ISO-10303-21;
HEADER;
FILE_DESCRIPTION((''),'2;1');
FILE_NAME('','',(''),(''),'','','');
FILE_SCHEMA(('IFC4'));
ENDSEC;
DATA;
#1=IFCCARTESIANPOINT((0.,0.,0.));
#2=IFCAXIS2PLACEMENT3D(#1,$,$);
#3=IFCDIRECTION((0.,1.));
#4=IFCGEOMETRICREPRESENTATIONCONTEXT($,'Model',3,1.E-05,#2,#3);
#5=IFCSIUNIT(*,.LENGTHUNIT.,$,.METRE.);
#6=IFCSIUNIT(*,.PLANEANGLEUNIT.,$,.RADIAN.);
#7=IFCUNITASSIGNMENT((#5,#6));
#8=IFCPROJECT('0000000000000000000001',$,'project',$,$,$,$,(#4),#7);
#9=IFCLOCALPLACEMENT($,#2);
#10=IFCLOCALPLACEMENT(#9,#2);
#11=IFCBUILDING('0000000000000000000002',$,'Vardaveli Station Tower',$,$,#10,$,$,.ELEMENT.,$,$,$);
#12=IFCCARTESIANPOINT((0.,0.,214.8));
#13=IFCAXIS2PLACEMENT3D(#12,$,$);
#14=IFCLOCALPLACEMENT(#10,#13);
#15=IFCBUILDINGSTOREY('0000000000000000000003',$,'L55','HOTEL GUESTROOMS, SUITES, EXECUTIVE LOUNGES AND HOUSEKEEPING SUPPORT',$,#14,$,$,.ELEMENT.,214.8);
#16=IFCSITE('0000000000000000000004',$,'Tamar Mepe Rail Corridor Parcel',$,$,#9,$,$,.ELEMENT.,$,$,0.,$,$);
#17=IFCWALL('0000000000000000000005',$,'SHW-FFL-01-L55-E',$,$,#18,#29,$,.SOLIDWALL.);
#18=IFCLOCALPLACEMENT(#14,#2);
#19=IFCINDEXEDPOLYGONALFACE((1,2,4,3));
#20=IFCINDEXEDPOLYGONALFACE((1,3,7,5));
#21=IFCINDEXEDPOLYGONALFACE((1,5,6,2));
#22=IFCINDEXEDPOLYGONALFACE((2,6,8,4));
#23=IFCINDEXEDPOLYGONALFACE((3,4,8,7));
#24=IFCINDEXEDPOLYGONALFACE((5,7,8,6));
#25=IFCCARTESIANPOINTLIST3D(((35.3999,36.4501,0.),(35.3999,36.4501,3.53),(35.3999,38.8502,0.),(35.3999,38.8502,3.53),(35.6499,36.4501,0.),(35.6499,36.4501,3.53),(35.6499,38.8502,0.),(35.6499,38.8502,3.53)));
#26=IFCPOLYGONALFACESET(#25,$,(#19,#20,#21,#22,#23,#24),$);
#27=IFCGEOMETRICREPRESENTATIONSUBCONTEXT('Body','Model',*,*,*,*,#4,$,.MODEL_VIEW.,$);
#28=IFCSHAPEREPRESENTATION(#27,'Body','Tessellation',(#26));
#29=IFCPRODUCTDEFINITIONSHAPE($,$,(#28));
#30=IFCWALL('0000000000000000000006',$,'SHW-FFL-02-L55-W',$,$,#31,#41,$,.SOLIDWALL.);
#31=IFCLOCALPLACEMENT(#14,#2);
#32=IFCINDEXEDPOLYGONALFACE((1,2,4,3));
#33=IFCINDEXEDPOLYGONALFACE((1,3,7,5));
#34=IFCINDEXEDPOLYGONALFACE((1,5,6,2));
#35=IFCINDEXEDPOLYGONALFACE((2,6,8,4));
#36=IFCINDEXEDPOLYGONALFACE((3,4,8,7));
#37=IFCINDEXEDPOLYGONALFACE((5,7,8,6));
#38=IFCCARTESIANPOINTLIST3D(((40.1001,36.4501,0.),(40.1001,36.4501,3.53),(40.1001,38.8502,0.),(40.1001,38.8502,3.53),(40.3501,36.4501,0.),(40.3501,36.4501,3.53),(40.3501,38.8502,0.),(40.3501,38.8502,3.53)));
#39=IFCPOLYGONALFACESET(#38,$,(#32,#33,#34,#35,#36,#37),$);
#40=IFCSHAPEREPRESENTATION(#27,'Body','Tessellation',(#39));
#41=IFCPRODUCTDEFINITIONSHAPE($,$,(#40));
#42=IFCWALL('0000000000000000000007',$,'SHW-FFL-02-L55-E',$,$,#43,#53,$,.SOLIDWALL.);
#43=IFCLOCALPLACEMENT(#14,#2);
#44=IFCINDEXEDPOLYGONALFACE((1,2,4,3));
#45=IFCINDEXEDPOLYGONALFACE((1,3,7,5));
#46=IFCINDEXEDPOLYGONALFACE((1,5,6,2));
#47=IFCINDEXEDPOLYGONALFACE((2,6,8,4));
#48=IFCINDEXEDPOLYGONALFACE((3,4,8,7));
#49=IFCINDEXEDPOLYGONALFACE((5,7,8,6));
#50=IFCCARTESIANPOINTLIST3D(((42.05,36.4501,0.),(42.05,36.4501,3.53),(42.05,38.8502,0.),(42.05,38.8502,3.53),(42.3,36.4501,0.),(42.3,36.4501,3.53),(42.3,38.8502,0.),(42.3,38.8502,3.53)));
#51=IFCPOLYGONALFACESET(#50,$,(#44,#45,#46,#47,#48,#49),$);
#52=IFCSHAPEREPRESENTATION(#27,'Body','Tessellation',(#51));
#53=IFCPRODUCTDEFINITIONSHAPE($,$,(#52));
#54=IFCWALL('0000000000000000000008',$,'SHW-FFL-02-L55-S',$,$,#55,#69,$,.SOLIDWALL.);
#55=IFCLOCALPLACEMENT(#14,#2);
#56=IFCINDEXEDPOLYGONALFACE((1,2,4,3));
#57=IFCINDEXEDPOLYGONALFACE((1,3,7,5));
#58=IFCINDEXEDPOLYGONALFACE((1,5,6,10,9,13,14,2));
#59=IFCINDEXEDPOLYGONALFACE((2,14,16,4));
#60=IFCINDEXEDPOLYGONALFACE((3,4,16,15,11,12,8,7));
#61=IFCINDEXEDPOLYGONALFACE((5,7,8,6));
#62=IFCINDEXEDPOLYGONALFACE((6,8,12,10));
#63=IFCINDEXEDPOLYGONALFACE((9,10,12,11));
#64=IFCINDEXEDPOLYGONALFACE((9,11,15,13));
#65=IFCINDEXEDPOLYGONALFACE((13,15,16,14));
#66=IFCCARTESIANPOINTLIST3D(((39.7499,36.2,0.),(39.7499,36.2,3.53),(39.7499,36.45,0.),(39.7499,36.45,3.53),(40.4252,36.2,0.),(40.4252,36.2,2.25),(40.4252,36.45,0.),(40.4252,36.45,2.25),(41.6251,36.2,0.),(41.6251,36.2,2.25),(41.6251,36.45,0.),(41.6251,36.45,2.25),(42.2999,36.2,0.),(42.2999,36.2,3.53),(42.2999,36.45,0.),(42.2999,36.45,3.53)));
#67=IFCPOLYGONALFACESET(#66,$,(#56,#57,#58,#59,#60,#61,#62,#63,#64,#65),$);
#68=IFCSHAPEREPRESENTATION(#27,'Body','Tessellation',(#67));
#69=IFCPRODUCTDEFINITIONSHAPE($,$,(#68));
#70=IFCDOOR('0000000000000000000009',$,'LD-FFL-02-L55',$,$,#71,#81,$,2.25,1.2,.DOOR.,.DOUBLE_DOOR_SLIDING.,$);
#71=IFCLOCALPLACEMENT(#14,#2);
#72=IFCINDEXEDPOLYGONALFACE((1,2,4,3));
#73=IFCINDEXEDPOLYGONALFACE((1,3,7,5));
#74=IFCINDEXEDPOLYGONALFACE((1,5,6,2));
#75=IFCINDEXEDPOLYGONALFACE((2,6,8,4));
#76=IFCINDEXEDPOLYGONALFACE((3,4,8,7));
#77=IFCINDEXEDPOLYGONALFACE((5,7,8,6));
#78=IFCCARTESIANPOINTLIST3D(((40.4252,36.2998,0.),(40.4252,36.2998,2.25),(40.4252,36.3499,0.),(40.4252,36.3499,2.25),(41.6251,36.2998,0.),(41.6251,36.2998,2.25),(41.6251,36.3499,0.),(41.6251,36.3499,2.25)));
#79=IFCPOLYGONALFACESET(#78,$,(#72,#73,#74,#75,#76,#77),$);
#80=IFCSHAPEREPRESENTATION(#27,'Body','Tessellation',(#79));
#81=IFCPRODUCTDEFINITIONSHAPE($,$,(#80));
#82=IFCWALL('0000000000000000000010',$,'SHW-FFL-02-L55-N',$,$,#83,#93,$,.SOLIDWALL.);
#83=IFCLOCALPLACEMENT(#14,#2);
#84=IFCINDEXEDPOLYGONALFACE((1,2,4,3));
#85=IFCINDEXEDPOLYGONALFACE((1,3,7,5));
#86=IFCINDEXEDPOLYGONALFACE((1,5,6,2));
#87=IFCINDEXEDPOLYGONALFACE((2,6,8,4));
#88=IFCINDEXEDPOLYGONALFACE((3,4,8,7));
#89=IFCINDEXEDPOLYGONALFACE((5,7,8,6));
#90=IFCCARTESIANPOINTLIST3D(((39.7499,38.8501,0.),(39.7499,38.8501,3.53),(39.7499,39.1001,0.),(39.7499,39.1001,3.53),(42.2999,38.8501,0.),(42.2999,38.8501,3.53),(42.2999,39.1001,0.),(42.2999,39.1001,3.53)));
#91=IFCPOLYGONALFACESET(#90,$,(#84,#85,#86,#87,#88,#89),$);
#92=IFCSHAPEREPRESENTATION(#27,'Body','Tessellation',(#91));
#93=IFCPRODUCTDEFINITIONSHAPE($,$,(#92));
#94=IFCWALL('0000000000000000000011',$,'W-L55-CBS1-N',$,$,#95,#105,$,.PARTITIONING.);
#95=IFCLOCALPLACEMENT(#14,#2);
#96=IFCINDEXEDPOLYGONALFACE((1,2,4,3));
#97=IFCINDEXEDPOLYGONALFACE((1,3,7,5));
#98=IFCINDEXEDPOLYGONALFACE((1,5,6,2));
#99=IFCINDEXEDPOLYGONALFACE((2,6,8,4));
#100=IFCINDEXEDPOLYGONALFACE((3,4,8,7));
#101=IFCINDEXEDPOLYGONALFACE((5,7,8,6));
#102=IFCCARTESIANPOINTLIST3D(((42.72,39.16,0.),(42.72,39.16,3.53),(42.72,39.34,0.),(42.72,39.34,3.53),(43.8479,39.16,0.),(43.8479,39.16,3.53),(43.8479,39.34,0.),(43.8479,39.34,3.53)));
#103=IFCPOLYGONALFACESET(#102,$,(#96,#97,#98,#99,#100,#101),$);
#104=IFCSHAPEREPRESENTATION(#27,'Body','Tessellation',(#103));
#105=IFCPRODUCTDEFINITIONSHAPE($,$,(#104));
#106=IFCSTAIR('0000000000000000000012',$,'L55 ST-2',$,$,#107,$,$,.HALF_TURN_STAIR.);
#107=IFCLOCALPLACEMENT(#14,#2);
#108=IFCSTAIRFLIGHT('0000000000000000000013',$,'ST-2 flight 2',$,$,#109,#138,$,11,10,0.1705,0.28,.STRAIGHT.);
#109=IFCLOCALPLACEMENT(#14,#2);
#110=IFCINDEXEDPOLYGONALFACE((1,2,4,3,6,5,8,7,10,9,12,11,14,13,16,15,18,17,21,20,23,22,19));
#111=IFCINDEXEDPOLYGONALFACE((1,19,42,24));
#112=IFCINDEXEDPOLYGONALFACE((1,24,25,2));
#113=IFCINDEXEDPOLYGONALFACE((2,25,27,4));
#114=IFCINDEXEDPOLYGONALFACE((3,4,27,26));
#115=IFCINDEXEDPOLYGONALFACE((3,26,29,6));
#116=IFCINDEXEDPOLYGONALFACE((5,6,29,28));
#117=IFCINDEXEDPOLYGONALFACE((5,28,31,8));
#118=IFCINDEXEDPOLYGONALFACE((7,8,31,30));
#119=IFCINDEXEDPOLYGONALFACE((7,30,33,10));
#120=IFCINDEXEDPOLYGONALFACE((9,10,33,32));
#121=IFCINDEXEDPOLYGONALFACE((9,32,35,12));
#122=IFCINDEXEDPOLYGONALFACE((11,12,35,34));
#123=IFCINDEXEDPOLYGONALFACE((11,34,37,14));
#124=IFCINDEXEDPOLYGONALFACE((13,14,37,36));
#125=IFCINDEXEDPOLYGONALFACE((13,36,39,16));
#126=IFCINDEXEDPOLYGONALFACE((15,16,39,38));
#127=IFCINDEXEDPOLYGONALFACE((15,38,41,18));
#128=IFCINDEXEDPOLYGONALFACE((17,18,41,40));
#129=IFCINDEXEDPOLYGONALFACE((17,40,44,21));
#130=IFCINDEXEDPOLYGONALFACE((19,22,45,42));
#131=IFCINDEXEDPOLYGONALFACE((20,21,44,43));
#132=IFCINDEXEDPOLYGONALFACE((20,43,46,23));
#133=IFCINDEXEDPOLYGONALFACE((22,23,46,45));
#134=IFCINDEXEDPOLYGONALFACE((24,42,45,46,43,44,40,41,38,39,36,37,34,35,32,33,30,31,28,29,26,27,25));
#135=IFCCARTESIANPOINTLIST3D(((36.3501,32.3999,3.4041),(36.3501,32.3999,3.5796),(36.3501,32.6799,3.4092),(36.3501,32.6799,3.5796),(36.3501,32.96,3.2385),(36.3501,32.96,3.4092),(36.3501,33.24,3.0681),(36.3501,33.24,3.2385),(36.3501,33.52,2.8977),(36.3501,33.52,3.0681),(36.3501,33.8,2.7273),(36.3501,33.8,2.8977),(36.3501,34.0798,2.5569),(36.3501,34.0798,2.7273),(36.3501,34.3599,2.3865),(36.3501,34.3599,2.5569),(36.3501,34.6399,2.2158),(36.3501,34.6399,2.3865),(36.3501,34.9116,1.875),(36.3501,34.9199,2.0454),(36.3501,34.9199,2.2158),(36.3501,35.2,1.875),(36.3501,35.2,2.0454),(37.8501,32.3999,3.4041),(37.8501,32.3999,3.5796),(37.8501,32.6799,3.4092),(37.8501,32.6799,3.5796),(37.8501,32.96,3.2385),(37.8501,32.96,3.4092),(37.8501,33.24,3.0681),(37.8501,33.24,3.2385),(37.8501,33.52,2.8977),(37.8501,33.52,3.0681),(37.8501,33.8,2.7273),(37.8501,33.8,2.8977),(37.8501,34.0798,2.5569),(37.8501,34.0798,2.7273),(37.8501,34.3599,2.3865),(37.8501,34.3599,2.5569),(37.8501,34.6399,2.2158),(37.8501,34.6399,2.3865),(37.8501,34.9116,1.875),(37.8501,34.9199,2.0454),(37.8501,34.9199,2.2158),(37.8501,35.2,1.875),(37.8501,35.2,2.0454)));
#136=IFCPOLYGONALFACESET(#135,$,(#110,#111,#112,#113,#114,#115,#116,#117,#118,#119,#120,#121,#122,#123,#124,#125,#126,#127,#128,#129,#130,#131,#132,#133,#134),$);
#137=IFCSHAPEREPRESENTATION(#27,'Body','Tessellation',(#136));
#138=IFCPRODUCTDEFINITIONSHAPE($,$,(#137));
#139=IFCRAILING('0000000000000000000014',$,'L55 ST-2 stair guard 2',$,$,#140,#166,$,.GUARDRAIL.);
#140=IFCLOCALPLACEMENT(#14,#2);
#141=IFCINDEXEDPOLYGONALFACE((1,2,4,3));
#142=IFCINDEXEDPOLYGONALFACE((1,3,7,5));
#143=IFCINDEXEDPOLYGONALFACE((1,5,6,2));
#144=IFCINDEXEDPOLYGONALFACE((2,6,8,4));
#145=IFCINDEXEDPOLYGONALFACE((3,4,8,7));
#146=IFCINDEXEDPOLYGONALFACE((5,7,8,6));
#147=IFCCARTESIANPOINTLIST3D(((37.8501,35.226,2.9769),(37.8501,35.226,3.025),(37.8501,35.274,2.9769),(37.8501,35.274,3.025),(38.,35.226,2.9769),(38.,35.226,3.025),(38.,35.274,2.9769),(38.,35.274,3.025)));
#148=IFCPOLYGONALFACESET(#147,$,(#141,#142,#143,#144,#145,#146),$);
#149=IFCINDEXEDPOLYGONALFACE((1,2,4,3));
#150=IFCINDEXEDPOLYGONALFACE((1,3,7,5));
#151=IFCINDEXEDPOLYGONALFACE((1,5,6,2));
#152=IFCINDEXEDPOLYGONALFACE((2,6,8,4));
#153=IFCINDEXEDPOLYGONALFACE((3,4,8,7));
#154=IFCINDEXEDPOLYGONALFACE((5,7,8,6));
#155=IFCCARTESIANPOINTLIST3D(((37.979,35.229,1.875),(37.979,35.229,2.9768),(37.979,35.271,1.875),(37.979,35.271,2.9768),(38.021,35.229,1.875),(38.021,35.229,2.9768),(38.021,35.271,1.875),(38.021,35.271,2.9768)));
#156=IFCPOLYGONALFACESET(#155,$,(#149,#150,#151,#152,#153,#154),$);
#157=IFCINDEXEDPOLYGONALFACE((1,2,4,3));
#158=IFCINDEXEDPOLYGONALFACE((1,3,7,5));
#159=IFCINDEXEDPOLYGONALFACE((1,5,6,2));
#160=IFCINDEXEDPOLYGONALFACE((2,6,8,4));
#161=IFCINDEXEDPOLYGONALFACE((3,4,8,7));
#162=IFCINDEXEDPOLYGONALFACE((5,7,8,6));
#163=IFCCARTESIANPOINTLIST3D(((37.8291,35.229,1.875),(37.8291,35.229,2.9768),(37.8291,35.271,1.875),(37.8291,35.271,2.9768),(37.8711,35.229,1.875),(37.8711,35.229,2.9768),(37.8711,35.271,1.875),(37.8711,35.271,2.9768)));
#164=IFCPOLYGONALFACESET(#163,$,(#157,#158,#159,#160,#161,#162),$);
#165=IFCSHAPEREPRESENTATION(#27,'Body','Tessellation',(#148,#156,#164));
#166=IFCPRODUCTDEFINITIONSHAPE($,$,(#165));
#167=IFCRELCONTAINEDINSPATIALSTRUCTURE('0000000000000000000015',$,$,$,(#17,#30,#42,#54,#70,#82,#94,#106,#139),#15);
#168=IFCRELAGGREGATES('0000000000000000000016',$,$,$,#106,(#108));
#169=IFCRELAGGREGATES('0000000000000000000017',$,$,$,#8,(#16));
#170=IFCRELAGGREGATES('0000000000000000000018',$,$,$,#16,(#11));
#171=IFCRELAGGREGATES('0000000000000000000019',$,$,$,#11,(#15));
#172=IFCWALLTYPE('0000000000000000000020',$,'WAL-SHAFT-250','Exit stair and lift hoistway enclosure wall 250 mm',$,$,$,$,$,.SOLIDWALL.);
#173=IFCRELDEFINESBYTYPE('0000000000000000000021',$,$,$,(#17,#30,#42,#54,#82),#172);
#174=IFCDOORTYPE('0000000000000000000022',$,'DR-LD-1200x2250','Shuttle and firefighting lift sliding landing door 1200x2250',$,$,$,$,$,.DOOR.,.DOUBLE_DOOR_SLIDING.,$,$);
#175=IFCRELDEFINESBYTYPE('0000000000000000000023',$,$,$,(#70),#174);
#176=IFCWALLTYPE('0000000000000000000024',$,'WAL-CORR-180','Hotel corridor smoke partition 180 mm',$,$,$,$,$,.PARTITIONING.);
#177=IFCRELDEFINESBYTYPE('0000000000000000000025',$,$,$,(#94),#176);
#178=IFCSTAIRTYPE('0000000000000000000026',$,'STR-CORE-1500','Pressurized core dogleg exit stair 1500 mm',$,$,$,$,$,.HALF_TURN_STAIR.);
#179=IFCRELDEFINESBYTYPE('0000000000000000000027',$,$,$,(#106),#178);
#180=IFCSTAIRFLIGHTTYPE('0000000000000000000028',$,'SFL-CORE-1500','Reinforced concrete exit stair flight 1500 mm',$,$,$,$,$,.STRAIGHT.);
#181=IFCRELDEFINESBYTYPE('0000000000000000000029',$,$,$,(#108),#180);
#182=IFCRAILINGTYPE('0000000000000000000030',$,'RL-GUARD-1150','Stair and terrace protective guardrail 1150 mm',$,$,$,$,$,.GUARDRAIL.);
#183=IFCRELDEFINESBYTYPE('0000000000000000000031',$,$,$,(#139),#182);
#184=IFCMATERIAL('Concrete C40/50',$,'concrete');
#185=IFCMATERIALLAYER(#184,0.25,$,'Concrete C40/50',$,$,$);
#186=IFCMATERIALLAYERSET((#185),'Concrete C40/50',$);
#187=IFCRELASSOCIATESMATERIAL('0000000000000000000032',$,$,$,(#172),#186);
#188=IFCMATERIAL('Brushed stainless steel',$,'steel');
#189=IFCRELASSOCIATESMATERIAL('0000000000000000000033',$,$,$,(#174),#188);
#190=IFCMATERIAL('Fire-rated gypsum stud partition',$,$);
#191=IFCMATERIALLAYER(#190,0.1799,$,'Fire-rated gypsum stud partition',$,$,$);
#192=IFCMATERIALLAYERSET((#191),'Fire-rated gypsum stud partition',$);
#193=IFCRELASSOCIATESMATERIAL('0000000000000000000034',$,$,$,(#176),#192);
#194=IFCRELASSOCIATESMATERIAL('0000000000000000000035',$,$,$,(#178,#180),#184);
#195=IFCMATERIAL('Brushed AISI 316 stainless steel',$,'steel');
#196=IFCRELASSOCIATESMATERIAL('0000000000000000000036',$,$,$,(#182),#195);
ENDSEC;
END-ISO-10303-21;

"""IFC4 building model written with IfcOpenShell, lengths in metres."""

from ifc_helpers import new_model, si_unit, direction, frame, frame_2d, origin, origin_2d, place, context, subcontext, project, spatial, polyline, rectangle, outline, extrude, source, transform, mapped, material, layer, layer_set, type_object, element, fill, aggregate, save


model = new_model("IFC4")

# Units and contexts
model_context = context("Model", 3, precision=1e-05, world=origin(), true_north=direction((0.0, 1.0)))
body_context = subcontext(model_context, "Body", "Model", "MODEL_VIEW")
ifc_project = project(units=[si_unit("LENGTHUNIT", "METRE"), si_unit("PLANEANGLEUNIT", "RADIAN")], contexts=[model_context])

# Site, building, storey
site_placement = place(None, origin())
site = spatial("IfcSite", under=ifc_project, at=site_placement, Name="Tamar Mepe Rail Corridor Parcel", CompositionType="ELEMENT", RefElevation=0.0)
building_placement = place(site_placement, origin())
building = spatial("IfcBuilding", under=site, at=building_placement, Name="Vardaveli Station Tower", CompositionType="ELEMENT")
storey_placement = place(building_placement, frame((0.0, 0.0, 214.8)))
storey = spatial("IfcBuildingStorey", under=building, at=storey_placement, Name="L55", Description="HOTEL GUESTROOMS, SUITES, EXECUTIVE LOUNGES AND HOUSEKEEPING SUPPORT", CompositionType="ELEMENT", Elevation=214.8)

# Walls
ifc_material_1 = material(Name="Concrete C40/50", Category="concrete")
ifc_layer_1 = layer(ifc_material_1, 0.25, Name="Concrete C40/50")
ifc_layer_set_1 = layer_set([ifc_layer_1], Name="Concrete C40/50")
wall_type_1 = type_object("IfcWallType", Name="WAL-SHAFT-250", Description="Exit stair and lift hoistway enclosure wall 250 mm", PredefinedType="SOLIDWALL", material=ifc_layer_set_1)
shared_shape_1 = source(origin(), body_context, "Body", "SweptSolid", [
    extrude(rectangle(XDim=2.4001, YDim=0.25, at=frame_2d((1.2002, 0.0))), origin(), (0.0, 0.0, 1.0), 3.53),
])
for number, where, z_axis, x_axis, name in (
    (1, (35.5249, 36.45, 0.0), (0.0, 0.0, 1.0), (0.0, 1.0, 0.0), "SHW-FFL-01-L55-E"),
    (2, (40.2251, 36.45, 0.0), (0.0, 0.0, 1.0), (0.0, 1.0, 0.0), "SHW-FFL-02-L55-W"),
    (3, (42.175, 36.45, 0.0), (0.0, 0.0, 1.0), (0.0, 1.0, 0.0), "SHW-FFL-02-L55-E"),
):
    element("IfcWall", number, at=place(storey_placement, frame(where, z_axis=z_axis, x_axis=x_axis)), inside=storey, type_object=wall_type_1, Name=name, PredefinedType="SOLIDWALL", context=body_context, shape_type="MappedRepresentation", body=[
        mapped(shared_shape_1, transform((0.0, 0.0, 0.0), scale=1.0)),
    ])

# Wall, opening, door
shared_shape_2 = source(origin(), body_context, "Body", "SweptSolid", [
    extrude(rectangle(XDim=2.55, YDim=0.25, at=frame_2d((1.2749, 0.0))), origin(), (0.0, 0.0, 1.0), 3.53),
])
wall_1_placement = place(storey_placement, frame((39.75, 36.325, 0.0), z_axis=(0.0, 0.0, 1.0), x_axis=(1.0, 0.0, 0.0)))
wall_1 = element("IfcWall", 4, at=wall_1_placement, inside=storey, type_object=wall_type_1, Name="SHW-FFL-02-L55-S", PredefinedType="SOLIDWALL", context=body_context, shape_type="MappedRepresentation", body=[
    mapped(shared_shape_2, transform((0.0, 0.0, 0.0), scale=1.0)),
])
shared_shape_3 = source(origin(), body_context, "Body", "SweptSolid", [
    extrude(rectangle(XDim=1.2, YDim=2.25, at=frame_2d((0.6001, 1.125))), frame((0.0, 0.135, 0.0), z_axis=(0.0, -1.0, 0.0), x_axis=(1.0, 0.0, 0.0)), (0.0, 0.0, 1.0), 0.27),
])
opening_placement = place(wall_1_placement, frame((0.675, 0.0, 0.0)))
opening = element("IfcOpeningElement", 5, at=opening_placement, cuts=wall_1, PredefinedType="OPENING", context=body_context, shape_type="MappedRepresentation", body=[
    mapped(shared_shape_3, transform((0.0, 0.0, 0.0), scale=1.0)),
])
ifc_material_2 = material(Name="Brushed stainless steel", Category="steel")
door_type = type_object("IfcDoorType", Name="DR-LD-1200x2250", Description="Shuttle and firefighting lift sliding landing door 1200x2250", OperationType="DOUBLE_DOOR_SLIDING", PredefinedType="DOOR", material=ifc_material_2)
shared_shape_4 = source(origin(), body_context, "Body", "SweptSolid", [
    extrude(rectangle(XDim=1.2, YDim=2.25, at=frame_2d((0.6001, 1.125))), frame((0.0, 0.0249, 0.0), z_axis=(0.0, -1.0, 0.0), x_axis=(1.0, 0.0, 0.0)), (0.0, 0.0, 1.0), 0.05),
])
door_placement = place(opening_placement, origin())
door = element("IfcDoor", 6, at=door_placement, inside=storey, type_object=door_type, Name="LD-FFL-02-L55", OperationType="DOUBLE_DOOR_SLIDING", OverallHeight=2.25, OverallWidth=1.2, PredefinedType="DOOR", context=body_context, shape_type="MappedRepresentation", body=[
    mapped(shared_shape_4, transform((0.0, 0.0, 0.0), scale=1.0)),
])
fill(opening, door)

# Walls
wall_2_placement = place(storey_placement, frame((39.75, 38.9751, 0.0), z_axis=(0.0, 0.0, 1.0), x_axis=(1.0, 0.0, 0.0)))
element("IfcWall", 7, at=wall_2_placement, inside=storey, type_object=wall_type_1, Name="SHW-FFL-02-L55-N", PredefinedType="SOLIDWALL", context=body_context, shape_type="MappedRepresentation", body=[
    mapped(shared_shape_2, transform((0.0, 0.0, 0.0), scale=1.0)),
])
ifc_material_3 = material(Name="Fire-rated gypsum stud partition")
ifc_layer_2 = layer(ifc_material_3, 0.1799, Name="Fire-rated gypsum stud partition")
ifc_layer_set_2 = layer_set([ifc_layer_2], Name="Fire-rated gypsum stud partition")
wall_type_2 = type_object("IfcWallType", Name="WAL-CORR-180", Description="Hotel corridor smoke partition 180 mm", PredefinedType="PARTITIONING", material=ifc_layer_set_2)
shared_shape_5 = source(origin(), body_context, "Body", "SweptSolid", [
    extrude(rectangle(XDim=1.1279, YDim=0.1799, at=frame_2d((0.564, 0.0))), origin(), (0.0, 0.0, 1.0), 3.53),
])
wall_3_placement = place(storey_placement, frame((42.72, 39.25, 0.0), z_axis=(0.0, 0.0, 1.0), x_axis=(1.0, 0.0, 0.0)))
element("IfcWall", 8, at=wall_3_placement, inside=storey, type_object=wall_type_2, Name="W-L55-CBS1-N", PredefinedType="PARTITIONING", context=body_context, shape_type="MappedRepresentation", body=[
    mapped(shared_shape_5, transform((0.0, 0.0, 0.0), scale=1.0)),
])

# Stair, stair flight
stair_type = type_object("IfcStairType", Name="STR-CORE-1500", Description="Pressurized core dogleg exit stair 1500 mm", PredefinedType="HALF_TURN_STAIR", material=ifc_material_1)
stair_placement = place(storey_placement, origin())
stair = element("IfcStair", 9, at=stair_placement, inside=storey, type_object=stair_type, Name="L55 ST-2", PredefinedType="HALF_TURN_STAIR")
stair_flight_type = type_object("IfcStairFlightType", Name="SFL-CORE-1500", Description="Reinforced concrete exit stair flight 1500 mm", PredefinedType="STRAIGHT", material=ifc_material_1)
shared_shape_6 = source(origin(), body_context, "Body", "SweptSolid", [
    extrude(outline(polyline([(0.0, 0.0), (0.0, 0.1704), (0.28, 0.1704), (0.28, 0.3408), (0.5601, 0.3408), (0.5601, 0.5115), (0.8401, 0.5115), (0.8401, 0.6819), (1.1201, 0.6819), (1.1201, 0.8523), (1.3999, 0.8523), (1.3999, 1.0227), (1.6799, 1.0227), (1.6799, 1.1931), (1.96, 1.1931), (1.96, 1.3635), (2.24, 1.3635), (2.24, 1.5342), (2.52, 1.5342), (2.52, 1.7046), (2.8, 1.7046), (2.8, 1.875), (2.8, 1.5291), (0.2883, 0.0), (0.0, 0.0)])), frame((0.0, 0.75, 0.0), z_axis=(0.0, -1.0, 0.0), x_axis=(1.0, 0.0, 0.0)), (0.0, 0.0, 1.0), 1.5),
])
stair_flight_placement = place(storey_placement, frame((37.1001, 35.2, 1.875), z_axis=(0.0, 0.0, 1.0), x_axis=(0.0, -1.0, 0.0)))
stair_flight = element("IfcStairFlight", 10, at=stair_flight_placement, type_object=stair_flight_type, Name="ST-2 flight 2", NumberOfRisers=11, NumberOfTreads=10, PredefinedType="STRAIGHT", RiserHeight=0.1705, TreadLength=0.28, context=body_context, shape_type="MappedRepresentation", body=[
    mapped(shared_shape_6, transform((0.0, 0.0, 0.0), scale=1.0)),
])
aggregate(stair, [stair_flight])

# Railing
ifc_material_4 = material(Name="Brushed AISI 316 stainless steel", Category="steel")
railing_type_1 = type_object("IfcRailingType", Name="RL-GUARD-1150", Description="Stair and terrace protective guardrail 1150 mm", PredefinedType="GUARDRAIL", material=ifc_material_4)
shared_shape_7 = source(origin(), body_context, "Body", "SweptSolid", [
    extrude(rectangle(XDim=0.0481, YDim=0.0481, at=origin_2d()), frame((0.0, 0.0, 1.126), z_axis=(-1.0, 0.0, 0.0), x_axis=(0.0, -1.0, 0.0)), (0.0, 0.0, 1.0), 0.1499),
    extrude(rectangle(XDim=0.042, YDim=0.042, at=origin_2d()), origin(), (0.0, 0.0, 1.0), 1.1018),
    extrude(rectangle(XDim=0.042, YDim=0.042, at=origin_2d()), frame((-0.1499, 0.0, 0.0)), (0.0, 0.0, 1.0), 1.1018),
])
railing_1_placement = place(storey_placement, frame((38.0, 35.25, 1.875)))
element("IfcRailing", 11, at=railing_1_placement, inside=storey, type_object=railing_type_1, Name="L55 ST-2 stair guard 2", PredefinedType="GUARDRAIL", context=body_context, shape_type="MappedRepresentation", body=[
    mapped(shared_shape_7, transform((0.0, 0.0, 0.0), scale=1.0)),
])

save(model, "model.ifc")
